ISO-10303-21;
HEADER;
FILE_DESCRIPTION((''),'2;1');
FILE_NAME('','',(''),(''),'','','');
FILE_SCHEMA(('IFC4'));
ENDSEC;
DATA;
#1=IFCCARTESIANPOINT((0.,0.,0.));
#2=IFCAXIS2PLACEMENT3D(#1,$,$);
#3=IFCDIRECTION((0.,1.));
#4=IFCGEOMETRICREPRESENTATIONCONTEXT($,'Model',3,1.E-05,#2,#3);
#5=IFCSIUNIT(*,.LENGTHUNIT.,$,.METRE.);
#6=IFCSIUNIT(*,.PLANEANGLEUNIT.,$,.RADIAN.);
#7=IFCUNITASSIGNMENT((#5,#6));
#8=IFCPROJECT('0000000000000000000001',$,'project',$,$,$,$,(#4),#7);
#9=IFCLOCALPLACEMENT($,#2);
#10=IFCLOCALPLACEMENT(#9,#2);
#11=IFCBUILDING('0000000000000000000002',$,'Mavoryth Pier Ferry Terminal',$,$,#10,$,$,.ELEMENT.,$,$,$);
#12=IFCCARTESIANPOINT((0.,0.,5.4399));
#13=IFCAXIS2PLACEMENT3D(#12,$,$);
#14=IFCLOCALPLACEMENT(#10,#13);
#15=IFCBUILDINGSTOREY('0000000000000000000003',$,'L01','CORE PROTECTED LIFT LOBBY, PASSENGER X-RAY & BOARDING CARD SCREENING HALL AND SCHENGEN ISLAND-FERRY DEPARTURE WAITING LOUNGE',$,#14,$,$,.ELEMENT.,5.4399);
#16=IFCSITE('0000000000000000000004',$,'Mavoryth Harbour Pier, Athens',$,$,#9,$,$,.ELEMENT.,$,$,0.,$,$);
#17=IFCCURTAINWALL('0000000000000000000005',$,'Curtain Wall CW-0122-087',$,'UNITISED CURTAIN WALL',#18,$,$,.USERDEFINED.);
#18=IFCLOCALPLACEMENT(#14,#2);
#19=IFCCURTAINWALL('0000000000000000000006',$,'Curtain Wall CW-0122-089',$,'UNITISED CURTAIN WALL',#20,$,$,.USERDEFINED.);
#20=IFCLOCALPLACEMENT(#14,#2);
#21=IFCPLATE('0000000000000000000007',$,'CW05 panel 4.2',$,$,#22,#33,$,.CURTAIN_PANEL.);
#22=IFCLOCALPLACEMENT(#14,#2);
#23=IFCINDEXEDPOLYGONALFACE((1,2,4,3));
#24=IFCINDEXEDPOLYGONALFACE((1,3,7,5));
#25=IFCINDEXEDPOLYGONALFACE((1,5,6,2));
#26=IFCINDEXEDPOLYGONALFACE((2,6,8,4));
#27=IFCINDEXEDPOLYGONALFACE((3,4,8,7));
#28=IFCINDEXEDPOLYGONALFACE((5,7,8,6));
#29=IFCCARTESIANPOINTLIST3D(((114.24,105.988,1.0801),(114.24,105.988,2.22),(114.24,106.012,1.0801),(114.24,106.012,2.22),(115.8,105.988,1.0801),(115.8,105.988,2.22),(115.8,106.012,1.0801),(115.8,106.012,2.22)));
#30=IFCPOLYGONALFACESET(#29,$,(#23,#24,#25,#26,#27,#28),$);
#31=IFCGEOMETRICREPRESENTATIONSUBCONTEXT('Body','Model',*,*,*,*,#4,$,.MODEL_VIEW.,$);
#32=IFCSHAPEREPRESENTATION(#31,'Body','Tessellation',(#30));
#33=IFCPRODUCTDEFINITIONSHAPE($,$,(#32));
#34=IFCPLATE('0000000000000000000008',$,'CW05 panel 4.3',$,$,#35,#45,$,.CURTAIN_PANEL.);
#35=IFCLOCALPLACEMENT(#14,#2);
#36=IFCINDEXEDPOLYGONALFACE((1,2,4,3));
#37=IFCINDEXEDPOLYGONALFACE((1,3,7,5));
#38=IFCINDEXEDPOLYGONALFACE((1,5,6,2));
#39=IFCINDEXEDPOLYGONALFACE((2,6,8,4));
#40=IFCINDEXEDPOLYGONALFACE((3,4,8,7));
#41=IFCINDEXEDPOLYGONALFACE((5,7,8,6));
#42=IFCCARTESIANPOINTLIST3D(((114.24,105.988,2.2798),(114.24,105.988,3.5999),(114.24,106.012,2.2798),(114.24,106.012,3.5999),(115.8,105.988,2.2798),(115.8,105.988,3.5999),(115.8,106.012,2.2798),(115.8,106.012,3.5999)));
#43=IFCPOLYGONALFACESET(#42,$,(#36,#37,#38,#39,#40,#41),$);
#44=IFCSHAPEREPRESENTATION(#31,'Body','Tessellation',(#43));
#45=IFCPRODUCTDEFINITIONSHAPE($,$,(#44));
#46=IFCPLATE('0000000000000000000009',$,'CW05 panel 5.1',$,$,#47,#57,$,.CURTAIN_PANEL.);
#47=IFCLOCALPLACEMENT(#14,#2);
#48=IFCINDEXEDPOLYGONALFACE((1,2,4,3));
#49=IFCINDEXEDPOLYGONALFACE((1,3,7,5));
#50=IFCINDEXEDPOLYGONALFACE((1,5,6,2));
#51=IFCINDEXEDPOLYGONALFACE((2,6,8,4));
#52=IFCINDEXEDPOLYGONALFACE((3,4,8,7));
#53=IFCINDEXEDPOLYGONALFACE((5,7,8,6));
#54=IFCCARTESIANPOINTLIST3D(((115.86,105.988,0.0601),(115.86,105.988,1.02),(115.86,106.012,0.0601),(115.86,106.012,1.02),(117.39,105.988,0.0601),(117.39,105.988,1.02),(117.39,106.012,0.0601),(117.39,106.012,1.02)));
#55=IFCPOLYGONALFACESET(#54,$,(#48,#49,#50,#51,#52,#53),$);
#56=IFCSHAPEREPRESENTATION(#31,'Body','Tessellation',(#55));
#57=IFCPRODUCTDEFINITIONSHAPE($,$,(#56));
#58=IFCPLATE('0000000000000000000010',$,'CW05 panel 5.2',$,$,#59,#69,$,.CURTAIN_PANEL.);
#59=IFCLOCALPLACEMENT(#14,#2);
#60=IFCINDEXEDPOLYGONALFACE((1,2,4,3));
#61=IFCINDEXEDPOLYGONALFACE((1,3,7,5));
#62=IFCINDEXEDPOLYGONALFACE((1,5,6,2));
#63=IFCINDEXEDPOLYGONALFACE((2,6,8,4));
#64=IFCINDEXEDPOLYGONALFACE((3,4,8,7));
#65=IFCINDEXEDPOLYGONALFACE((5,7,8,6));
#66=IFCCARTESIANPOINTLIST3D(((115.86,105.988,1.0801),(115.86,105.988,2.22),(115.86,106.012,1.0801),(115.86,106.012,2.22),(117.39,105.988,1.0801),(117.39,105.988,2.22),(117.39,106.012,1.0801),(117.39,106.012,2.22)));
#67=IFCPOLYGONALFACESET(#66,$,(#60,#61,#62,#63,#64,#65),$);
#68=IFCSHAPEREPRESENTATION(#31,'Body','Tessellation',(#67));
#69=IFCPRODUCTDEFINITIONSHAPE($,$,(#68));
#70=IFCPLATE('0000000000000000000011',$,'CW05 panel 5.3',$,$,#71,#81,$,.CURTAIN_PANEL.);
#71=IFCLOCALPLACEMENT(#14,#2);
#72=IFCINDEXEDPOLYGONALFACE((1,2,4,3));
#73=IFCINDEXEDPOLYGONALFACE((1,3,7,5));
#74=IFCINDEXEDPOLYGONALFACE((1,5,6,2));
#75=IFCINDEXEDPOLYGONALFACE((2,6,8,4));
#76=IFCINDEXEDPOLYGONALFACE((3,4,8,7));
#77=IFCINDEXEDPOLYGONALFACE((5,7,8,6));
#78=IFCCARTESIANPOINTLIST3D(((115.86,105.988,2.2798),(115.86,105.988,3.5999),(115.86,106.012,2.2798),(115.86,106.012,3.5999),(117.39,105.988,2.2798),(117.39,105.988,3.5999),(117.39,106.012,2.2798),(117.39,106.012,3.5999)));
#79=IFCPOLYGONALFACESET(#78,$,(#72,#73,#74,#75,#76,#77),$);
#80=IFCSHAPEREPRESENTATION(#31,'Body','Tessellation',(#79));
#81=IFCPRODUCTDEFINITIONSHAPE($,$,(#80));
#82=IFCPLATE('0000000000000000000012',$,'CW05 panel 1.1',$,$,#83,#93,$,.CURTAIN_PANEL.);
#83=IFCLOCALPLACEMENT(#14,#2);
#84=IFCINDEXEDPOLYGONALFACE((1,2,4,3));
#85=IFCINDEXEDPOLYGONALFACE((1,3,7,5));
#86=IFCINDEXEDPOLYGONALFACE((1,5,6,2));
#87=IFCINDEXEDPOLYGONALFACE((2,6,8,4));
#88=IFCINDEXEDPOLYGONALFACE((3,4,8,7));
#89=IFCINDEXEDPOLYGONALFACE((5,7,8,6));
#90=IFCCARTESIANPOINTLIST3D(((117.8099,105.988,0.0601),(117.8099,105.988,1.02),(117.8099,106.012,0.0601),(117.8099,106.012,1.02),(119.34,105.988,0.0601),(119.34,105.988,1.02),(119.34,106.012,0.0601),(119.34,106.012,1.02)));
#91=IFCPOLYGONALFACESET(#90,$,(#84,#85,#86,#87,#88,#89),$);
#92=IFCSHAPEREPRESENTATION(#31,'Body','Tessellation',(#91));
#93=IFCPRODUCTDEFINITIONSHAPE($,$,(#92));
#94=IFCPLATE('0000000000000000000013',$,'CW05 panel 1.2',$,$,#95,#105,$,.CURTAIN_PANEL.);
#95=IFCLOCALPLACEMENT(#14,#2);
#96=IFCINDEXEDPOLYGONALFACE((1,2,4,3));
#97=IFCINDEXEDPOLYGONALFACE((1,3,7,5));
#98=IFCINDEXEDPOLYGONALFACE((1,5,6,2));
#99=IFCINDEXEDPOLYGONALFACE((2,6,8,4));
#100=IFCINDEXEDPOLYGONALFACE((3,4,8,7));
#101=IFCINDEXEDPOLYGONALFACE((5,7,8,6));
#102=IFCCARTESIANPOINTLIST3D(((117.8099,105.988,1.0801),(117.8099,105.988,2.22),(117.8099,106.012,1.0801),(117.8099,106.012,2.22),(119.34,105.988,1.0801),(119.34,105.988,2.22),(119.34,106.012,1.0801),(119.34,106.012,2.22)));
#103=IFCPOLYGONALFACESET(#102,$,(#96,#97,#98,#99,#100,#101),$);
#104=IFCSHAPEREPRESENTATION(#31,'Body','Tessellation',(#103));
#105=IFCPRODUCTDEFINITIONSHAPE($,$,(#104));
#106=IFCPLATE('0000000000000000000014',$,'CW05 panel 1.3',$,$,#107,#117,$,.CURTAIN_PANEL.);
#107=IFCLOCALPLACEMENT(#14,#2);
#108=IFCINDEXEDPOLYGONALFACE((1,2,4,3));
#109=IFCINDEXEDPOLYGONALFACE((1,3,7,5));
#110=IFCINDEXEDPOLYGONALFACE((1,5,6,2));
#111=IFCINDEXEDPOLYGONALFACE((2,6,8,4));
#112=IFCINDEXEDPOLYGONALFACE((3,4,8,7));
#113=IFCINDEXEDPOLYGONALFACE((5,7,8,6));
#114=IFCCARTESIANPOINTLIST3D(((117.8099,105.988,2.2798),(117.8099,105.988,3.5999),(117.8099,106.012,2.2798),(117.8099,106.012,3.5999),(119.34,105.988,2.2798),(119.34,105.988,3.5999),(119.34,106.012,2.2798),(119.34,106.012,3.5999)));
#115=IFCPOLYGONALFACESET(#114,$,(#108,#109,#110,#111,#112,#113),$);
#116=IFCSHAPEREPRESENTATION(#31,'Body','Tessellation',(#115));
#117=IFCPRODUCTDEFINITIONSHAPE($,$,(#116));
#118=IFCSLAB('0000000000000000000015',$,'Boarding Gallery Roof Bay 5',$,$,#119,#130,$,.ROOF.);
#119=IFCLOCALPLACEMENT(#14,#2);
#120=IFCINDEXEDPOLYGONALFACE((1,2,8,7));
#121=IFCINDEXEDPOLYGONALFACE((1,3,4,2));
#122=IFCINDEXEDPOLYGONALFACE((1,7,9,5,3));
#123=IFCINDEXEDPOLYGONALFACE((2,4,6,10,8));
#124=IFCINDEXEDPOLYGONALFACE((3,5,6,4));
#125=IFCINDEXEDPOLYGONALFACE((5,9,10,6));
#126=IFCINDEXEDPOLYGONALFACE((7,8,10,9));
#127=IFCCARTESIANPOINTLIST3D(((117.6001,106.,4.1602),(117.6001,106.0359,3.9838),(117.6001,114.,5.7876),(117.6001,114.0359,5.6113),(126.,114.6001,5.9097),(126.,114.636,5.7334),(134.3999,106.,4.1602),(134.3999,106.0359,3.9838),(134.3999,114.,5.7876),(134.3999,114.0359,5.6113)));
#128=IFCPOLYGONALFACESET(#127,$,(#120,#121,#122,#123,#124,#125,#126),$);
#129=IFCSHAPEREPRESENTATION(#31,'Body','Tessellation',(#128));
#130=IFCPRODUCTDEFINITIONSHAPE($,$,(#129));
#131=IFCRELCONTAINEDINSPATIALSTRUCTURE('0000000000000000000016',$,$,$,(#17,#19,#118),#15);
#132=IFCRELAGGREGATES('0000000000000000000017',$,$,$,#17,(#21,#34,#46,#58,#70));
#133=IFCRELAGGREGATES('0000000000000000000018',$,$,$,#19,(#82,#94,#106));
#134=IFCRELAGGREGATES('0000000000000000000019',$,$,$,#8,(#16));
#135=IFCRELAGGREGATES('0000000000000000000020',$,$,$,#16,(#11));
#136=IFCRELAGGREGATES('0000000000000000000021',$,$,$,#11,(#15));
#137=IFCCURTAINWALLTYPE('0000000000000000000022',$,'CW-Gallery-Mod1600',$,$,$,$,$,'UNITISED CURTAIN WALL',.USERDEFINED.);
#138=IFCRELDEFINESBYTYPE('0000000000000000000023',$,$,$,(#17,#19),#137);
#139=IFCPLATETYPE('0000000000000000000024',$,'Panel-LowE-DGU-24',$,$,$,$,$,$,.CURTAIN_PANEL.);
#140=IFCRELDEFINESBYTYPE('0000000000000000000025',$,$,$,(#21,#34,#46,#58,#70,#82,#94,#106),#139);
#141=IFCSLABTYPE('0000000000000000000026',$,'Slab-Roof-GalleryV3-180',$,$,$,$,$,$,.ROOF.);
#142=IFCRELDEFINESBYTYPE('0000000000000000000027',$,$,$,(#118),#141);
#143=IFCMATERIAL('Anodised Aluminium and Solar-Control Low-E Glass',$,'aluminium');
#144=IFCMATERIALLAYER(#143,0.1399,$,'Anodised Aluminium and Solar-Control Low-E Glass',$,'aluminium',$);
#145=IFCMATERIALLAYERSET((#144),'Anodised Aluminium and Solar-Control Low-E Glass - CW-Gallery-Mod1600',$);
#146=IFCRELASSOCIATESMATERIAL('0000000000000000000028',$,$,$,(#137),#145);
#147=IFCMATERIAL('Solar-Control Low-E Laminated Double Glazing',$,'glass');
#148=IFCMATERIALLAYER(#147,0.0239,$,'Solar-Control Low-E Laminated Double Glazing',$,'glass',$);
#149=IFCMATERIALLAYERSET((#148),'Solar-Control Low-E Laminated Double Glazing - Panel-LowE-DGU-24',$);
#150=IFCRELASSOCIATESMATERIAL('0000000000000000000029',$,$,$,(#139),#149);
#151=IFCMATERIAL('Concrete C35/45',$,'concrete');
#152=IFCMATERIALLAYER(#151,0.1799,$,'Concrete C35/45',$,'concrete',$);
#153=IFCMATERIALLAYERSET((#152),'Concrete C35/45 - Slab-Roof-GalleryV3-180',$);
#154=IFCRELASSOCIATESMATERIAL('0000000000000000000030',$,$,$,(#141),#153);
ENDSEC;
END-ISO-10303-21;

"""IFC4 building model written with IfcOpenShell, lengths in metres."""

from ifc_helpers import new_model, si_unit, direction, frame, origin, origin_2d, place, context, subcontext, project, spatial, polyline, rectangle, outline, extrude, material, layer, layer_set, type_object, element, aggregate, save


model = new_model("IFC4")

# Units and contexts
model_context = context("Model", 3, precision=1e-05, world=origin(), true_north=direction((0.0, 1.0)))
body_context = subcontext(model_context, "Body", "Model", "MODEL_VIEW")
ifc_project = project(units=[si_unit("LENGTHUNIT", "METRE"), si_unit("PLANEANGLEUNIT", "RADIAN")], contexts=[model_context])

# Site, building, storey
site_placement = place(None, origin())
site = spatial("IfcSite", under=ifc_project, at=site_placement, Name="Mavoryth Harbour Pier, Athens", CompositionType="ELEMENT", RefElevation=0.0)
building_placement = place(site_placement, origin())
building = spatial("IfcBuilding", under=site, at=building_placement, Name="Mavoryth Pier Ferry Terminal", CompositionType="ELEMENT")
storey_placement = place(building_placement, frame((0.0, 0.0, 5.4399)))
storey = spatial("IfcBuildingStorey", under=building, at=storey_placement, Name="L01", Description="CORE PROTECTED LIFT LOBBY, PASSENGER X-RAY & BOARDING CARD SCREENING HALL AND SCHENGEN ISLAND-FERRY DEPARTURE WAITING LOUNGE", CompositionType="ELEMENT", Elevation=5.4399)

# Curtain wall
ifc_material_1 = material(Name="Anodised Aluminium and Solar-Control Low-E Glass", Category="aluminium")
ifc_layer_1 = layer(ifc_material_1, 0.1399, Name="Anodised Aluminium and Solar-Control Low-E Glass", Category="aluminium")
ifc_layer_set_1 = layer_set([ifc_layer_1], Name="Anodised Aluminium and Solar-Control Low-E Glass - CW-Gallery-Mod1600")
curtain_wall_type = type_object("IfcCurtainWallType", Name="CW-Gallery-Mod1600", ElementType="UNITISED CURTAIN WALL", PredefinedType="USERDEFINED", material=ifc_layer_set_1)
curtain_wall_1_placement = place(storey_placement, origin())
curtain_wall_1 = element("IfcCurtainWall", 1, at=curtain_wall_1_placement, inside=storey, type_object=curtain_wall_type, Name="Curtain Wall CW-0122-087", ObjectType="UNITISED CURTAIN WALL", PredefinedType="USERDEFINED")

# Curtain wall
curtain_wall_2_placement = place(storey_placement, origin())
curtain_wall_2 = element("IfcCurtainWall", 2, at=curtain_wall_2_placement, inside=storey, type_object=curtain_wall_type, Name="Curtain Wall CW-0122-089", ObjectType="UNITISED CURTAIN WALL", PredefinedType="USERDEFINED")

# Plates
ifc_material_2 = material(Name="Solar-Control Low-E Laminated Double Glazing", Category="glass")
ifc_layer_2 = layer(ifc_material_2, 0.0239, Name="Solar-Control Low-E Laminated Double Glazing", Category="glass")
ifc_layer_set_2 = layer_set([ifc_layer_2], Name="Solar-Control Low-E Laminated Double Glazing - Panel-LowE-DGU-24")
plate_type = type_object("IfcPlateType", Name="Panel-LowE-DGU-24", PredefinedType="CURTAIN_PANEL", material=ifc_layer_set_2)
plate_1_placement = place(storey_placement, frame((115.02, 106.0, 1.0801), z_axis=(0.0, 0.0, 1.0), x_axis=(1.0, 0.0, 0.0)))
plate_1 = element("IfcPlate", 3, at=plate_1_placement, type_object=plate_type, Name="CW05 panel 4.2", PredefinedType="CURTAIN_PANEL", context=body_context, shape_type="SweptSolid", body=[
    extrude(rectangle(XDim=1.5601, YDim=0.0239, at=origin_2d()), origin(), (0.0, 0.0, 1.0), 1.1399),
])
plate_2_placement = place(storey_placement, frame((115.02, 106.0, 2.2798), z_axis=(0.0, 0.0, 1.0), x_axis=(1.0, 0.0, 0.0)))
plate_2 = element("IfcPlate", 4, at=plate_2_placement, type_object=plate_type, Name="CW05 panel 4.3", PredefinedType="CURTAIN_PANEL", context=body_context, shape_type="SweptSolid", body=[
    extrude(rectangle(XDim=1.5601, YDim=0.0239, at=origin_2d()), origin(), (0.0, 0.0, 1.0), 1.3201),
])
plate_3_placement = place(storey_placement, frame((116.625, 106.0, 0.0601), z_axis=(0.0, 0.0, 1.0), x_axis=(1.0, 0.0, 0.0)))
plate_3 = element("IfcPlate", 5, at=plate_3_placement, type_object=plate_type, Name="CW05 panel 5.1", PredefinedType="CURTAIN_PANEL", context=body_context, shape_type="SweptSolid", body=[
    extrude(rectangle(XDim=1.53, YDim=0.0239, at=origin_2d()), origin(), (0.0, 0.0, 1.0), 0.96),
])
plate_4_placement = place(storey_placement, frame((116.625, 106.0, 1.0801), z_axis=(0.0, 0.0, 1.0), x_axis=(1.0, 0.0, 0.0)))
plate_4 = element("IfcPlate", 6, at=plate_4_placement, type_object=plate_type, Name="CW05 panel 5.2", PredefinedType="CURTAIN_PANEL", context=body_context, shape_type="SweptSolid", body=[
    extrude(rectangle(XDim=1.53, YDim=0.0239, at=origin_2d()), origin(), (0.0, 0.0, 1.0), 1.1399),
])
plate_5_placement = place(storey_placement, frame((116.625, 106.0, 2.2798), z_axis=(0.0, 0.0, 1.0), x_axis=(1.0, 0.0, 0.0)))
plate_5 = element("IfcPlate", 7, at=plate_5_placement, type_object=plate_type, Name="CW05 panel 5.3", PredefinedType="CURTAIN_PANEL", context=body_context, shape_type="SweptSolid", body=[
    extrude(rectangle(XDim=1.53, YDim=0.0239, at=origin_2d()), origin(), (0.0, 0.0, 1.0), 1.3201),
])
aggregate(curtain_wall_1, [plate_1, plate_2, plate_3, plate_4, plate_5])
plate_6_placement = place(storey_placement, frame((118.575, 106.0, 0.0601), z_axis=(0.0, 0.0, 1.0), x_axis=(1.0, 0.0, 0.0)))
plate_6 = element("IfcPlate", 8, at=plate_6_placement, type_object=plate_type, Name="CW05 panel 1.1", PredefinedType="CURTAIN_PANEL", context=body_context, shape_type="SweptSolid", body=[
    extrude(rectangle(XDim=1.53, YDim=0.0239, at=origin_2d()), origin(), (0.0, 0.0, 1.0), 0.96),
])
plate_7_placement = place(storey_placement, frame((118.575, 106.0, 1.0801), z_axis=(0.0, 0.0, 1.0), x_axis=(1.0, 0.0, 0.0)))
plate_7 = element("IfcPlate", 9, at=plate_7_placement, type_object=plate_type, Name="CW05 panel 1.2", PredefinedType="CURTAIN_PANEL", context=body_context, shape_type="SweptSolid", body=[
    extrude(rectangle(XDim=1.53, YDim=0.0239, at=origin_2d()), origin(), (0.0, 0.0, 1.0), 1.1399),
])
plate_8_placement = place(storey_placement, frame((118.575, 106.0, 2.2798), z_axis=(0.0, 0.0, 1.0), x_axis=(1.0, 0.0, 0.0)))
plate_8 = element("IfcPlate", 10, at=plate_8_placement, type_object=plate_type, Name="CW05 panel 1.3", PredefinedType="CURTAIN_PANEL", context=body_context, shape_type="SweptSolid", body=[
    extrude(rectangle(XDim=1.53, YDim=0.0239, at=origin_2d()), origin(), (0.0, 0.0, 1.0), 1.3201),
])
aggregate(curtain_wall_2, [plate_6, plate_7, plate_8])

# Slab
ifc_material_3 = material(Name="Concrete C35/45", Category="concrete")
ifc_layer_3 = layer(ifc_material_3, 0.1799, Name="Concrete C35/45", Category="concrete")
ifc_layer_set_3 = layer_set([ifc_layer_3], Name="Concrete C35/45 - Slab-Roof-GalleryV3-180")
slab_type = type_object("IfcSlabType", Name="Slab-Roof-GalleryV3-180", PredefinedType="ROOF", material=ifc_layer_set_3)
slab_placement = place(storey_placement, frame((117.6001, 106.0, 4.1602), z_axis=(0.0, -0.199347, 0.979929), x_axis=(1.0, 0.0, 0.0)))
element("IfcSlab", 11, at=slab_placement, inside=storey, type_object=slab_type, Name="Boarding Gallery Roof Bay 5", PredefinedType="ROOF", context=body_context, shape_type="SweptSolid", body=[
    extrude(outline(polyline([(0.0, 0.0), (16.7998, 0.0), (16.7998, 8.1639), (8.3999, 8.7762), (0.0, 8.1639), (0.0, 0.0)])), origin(), (0.0, 0.0, -1.0), 0.1799),
])

save(model, "model.ifc")
